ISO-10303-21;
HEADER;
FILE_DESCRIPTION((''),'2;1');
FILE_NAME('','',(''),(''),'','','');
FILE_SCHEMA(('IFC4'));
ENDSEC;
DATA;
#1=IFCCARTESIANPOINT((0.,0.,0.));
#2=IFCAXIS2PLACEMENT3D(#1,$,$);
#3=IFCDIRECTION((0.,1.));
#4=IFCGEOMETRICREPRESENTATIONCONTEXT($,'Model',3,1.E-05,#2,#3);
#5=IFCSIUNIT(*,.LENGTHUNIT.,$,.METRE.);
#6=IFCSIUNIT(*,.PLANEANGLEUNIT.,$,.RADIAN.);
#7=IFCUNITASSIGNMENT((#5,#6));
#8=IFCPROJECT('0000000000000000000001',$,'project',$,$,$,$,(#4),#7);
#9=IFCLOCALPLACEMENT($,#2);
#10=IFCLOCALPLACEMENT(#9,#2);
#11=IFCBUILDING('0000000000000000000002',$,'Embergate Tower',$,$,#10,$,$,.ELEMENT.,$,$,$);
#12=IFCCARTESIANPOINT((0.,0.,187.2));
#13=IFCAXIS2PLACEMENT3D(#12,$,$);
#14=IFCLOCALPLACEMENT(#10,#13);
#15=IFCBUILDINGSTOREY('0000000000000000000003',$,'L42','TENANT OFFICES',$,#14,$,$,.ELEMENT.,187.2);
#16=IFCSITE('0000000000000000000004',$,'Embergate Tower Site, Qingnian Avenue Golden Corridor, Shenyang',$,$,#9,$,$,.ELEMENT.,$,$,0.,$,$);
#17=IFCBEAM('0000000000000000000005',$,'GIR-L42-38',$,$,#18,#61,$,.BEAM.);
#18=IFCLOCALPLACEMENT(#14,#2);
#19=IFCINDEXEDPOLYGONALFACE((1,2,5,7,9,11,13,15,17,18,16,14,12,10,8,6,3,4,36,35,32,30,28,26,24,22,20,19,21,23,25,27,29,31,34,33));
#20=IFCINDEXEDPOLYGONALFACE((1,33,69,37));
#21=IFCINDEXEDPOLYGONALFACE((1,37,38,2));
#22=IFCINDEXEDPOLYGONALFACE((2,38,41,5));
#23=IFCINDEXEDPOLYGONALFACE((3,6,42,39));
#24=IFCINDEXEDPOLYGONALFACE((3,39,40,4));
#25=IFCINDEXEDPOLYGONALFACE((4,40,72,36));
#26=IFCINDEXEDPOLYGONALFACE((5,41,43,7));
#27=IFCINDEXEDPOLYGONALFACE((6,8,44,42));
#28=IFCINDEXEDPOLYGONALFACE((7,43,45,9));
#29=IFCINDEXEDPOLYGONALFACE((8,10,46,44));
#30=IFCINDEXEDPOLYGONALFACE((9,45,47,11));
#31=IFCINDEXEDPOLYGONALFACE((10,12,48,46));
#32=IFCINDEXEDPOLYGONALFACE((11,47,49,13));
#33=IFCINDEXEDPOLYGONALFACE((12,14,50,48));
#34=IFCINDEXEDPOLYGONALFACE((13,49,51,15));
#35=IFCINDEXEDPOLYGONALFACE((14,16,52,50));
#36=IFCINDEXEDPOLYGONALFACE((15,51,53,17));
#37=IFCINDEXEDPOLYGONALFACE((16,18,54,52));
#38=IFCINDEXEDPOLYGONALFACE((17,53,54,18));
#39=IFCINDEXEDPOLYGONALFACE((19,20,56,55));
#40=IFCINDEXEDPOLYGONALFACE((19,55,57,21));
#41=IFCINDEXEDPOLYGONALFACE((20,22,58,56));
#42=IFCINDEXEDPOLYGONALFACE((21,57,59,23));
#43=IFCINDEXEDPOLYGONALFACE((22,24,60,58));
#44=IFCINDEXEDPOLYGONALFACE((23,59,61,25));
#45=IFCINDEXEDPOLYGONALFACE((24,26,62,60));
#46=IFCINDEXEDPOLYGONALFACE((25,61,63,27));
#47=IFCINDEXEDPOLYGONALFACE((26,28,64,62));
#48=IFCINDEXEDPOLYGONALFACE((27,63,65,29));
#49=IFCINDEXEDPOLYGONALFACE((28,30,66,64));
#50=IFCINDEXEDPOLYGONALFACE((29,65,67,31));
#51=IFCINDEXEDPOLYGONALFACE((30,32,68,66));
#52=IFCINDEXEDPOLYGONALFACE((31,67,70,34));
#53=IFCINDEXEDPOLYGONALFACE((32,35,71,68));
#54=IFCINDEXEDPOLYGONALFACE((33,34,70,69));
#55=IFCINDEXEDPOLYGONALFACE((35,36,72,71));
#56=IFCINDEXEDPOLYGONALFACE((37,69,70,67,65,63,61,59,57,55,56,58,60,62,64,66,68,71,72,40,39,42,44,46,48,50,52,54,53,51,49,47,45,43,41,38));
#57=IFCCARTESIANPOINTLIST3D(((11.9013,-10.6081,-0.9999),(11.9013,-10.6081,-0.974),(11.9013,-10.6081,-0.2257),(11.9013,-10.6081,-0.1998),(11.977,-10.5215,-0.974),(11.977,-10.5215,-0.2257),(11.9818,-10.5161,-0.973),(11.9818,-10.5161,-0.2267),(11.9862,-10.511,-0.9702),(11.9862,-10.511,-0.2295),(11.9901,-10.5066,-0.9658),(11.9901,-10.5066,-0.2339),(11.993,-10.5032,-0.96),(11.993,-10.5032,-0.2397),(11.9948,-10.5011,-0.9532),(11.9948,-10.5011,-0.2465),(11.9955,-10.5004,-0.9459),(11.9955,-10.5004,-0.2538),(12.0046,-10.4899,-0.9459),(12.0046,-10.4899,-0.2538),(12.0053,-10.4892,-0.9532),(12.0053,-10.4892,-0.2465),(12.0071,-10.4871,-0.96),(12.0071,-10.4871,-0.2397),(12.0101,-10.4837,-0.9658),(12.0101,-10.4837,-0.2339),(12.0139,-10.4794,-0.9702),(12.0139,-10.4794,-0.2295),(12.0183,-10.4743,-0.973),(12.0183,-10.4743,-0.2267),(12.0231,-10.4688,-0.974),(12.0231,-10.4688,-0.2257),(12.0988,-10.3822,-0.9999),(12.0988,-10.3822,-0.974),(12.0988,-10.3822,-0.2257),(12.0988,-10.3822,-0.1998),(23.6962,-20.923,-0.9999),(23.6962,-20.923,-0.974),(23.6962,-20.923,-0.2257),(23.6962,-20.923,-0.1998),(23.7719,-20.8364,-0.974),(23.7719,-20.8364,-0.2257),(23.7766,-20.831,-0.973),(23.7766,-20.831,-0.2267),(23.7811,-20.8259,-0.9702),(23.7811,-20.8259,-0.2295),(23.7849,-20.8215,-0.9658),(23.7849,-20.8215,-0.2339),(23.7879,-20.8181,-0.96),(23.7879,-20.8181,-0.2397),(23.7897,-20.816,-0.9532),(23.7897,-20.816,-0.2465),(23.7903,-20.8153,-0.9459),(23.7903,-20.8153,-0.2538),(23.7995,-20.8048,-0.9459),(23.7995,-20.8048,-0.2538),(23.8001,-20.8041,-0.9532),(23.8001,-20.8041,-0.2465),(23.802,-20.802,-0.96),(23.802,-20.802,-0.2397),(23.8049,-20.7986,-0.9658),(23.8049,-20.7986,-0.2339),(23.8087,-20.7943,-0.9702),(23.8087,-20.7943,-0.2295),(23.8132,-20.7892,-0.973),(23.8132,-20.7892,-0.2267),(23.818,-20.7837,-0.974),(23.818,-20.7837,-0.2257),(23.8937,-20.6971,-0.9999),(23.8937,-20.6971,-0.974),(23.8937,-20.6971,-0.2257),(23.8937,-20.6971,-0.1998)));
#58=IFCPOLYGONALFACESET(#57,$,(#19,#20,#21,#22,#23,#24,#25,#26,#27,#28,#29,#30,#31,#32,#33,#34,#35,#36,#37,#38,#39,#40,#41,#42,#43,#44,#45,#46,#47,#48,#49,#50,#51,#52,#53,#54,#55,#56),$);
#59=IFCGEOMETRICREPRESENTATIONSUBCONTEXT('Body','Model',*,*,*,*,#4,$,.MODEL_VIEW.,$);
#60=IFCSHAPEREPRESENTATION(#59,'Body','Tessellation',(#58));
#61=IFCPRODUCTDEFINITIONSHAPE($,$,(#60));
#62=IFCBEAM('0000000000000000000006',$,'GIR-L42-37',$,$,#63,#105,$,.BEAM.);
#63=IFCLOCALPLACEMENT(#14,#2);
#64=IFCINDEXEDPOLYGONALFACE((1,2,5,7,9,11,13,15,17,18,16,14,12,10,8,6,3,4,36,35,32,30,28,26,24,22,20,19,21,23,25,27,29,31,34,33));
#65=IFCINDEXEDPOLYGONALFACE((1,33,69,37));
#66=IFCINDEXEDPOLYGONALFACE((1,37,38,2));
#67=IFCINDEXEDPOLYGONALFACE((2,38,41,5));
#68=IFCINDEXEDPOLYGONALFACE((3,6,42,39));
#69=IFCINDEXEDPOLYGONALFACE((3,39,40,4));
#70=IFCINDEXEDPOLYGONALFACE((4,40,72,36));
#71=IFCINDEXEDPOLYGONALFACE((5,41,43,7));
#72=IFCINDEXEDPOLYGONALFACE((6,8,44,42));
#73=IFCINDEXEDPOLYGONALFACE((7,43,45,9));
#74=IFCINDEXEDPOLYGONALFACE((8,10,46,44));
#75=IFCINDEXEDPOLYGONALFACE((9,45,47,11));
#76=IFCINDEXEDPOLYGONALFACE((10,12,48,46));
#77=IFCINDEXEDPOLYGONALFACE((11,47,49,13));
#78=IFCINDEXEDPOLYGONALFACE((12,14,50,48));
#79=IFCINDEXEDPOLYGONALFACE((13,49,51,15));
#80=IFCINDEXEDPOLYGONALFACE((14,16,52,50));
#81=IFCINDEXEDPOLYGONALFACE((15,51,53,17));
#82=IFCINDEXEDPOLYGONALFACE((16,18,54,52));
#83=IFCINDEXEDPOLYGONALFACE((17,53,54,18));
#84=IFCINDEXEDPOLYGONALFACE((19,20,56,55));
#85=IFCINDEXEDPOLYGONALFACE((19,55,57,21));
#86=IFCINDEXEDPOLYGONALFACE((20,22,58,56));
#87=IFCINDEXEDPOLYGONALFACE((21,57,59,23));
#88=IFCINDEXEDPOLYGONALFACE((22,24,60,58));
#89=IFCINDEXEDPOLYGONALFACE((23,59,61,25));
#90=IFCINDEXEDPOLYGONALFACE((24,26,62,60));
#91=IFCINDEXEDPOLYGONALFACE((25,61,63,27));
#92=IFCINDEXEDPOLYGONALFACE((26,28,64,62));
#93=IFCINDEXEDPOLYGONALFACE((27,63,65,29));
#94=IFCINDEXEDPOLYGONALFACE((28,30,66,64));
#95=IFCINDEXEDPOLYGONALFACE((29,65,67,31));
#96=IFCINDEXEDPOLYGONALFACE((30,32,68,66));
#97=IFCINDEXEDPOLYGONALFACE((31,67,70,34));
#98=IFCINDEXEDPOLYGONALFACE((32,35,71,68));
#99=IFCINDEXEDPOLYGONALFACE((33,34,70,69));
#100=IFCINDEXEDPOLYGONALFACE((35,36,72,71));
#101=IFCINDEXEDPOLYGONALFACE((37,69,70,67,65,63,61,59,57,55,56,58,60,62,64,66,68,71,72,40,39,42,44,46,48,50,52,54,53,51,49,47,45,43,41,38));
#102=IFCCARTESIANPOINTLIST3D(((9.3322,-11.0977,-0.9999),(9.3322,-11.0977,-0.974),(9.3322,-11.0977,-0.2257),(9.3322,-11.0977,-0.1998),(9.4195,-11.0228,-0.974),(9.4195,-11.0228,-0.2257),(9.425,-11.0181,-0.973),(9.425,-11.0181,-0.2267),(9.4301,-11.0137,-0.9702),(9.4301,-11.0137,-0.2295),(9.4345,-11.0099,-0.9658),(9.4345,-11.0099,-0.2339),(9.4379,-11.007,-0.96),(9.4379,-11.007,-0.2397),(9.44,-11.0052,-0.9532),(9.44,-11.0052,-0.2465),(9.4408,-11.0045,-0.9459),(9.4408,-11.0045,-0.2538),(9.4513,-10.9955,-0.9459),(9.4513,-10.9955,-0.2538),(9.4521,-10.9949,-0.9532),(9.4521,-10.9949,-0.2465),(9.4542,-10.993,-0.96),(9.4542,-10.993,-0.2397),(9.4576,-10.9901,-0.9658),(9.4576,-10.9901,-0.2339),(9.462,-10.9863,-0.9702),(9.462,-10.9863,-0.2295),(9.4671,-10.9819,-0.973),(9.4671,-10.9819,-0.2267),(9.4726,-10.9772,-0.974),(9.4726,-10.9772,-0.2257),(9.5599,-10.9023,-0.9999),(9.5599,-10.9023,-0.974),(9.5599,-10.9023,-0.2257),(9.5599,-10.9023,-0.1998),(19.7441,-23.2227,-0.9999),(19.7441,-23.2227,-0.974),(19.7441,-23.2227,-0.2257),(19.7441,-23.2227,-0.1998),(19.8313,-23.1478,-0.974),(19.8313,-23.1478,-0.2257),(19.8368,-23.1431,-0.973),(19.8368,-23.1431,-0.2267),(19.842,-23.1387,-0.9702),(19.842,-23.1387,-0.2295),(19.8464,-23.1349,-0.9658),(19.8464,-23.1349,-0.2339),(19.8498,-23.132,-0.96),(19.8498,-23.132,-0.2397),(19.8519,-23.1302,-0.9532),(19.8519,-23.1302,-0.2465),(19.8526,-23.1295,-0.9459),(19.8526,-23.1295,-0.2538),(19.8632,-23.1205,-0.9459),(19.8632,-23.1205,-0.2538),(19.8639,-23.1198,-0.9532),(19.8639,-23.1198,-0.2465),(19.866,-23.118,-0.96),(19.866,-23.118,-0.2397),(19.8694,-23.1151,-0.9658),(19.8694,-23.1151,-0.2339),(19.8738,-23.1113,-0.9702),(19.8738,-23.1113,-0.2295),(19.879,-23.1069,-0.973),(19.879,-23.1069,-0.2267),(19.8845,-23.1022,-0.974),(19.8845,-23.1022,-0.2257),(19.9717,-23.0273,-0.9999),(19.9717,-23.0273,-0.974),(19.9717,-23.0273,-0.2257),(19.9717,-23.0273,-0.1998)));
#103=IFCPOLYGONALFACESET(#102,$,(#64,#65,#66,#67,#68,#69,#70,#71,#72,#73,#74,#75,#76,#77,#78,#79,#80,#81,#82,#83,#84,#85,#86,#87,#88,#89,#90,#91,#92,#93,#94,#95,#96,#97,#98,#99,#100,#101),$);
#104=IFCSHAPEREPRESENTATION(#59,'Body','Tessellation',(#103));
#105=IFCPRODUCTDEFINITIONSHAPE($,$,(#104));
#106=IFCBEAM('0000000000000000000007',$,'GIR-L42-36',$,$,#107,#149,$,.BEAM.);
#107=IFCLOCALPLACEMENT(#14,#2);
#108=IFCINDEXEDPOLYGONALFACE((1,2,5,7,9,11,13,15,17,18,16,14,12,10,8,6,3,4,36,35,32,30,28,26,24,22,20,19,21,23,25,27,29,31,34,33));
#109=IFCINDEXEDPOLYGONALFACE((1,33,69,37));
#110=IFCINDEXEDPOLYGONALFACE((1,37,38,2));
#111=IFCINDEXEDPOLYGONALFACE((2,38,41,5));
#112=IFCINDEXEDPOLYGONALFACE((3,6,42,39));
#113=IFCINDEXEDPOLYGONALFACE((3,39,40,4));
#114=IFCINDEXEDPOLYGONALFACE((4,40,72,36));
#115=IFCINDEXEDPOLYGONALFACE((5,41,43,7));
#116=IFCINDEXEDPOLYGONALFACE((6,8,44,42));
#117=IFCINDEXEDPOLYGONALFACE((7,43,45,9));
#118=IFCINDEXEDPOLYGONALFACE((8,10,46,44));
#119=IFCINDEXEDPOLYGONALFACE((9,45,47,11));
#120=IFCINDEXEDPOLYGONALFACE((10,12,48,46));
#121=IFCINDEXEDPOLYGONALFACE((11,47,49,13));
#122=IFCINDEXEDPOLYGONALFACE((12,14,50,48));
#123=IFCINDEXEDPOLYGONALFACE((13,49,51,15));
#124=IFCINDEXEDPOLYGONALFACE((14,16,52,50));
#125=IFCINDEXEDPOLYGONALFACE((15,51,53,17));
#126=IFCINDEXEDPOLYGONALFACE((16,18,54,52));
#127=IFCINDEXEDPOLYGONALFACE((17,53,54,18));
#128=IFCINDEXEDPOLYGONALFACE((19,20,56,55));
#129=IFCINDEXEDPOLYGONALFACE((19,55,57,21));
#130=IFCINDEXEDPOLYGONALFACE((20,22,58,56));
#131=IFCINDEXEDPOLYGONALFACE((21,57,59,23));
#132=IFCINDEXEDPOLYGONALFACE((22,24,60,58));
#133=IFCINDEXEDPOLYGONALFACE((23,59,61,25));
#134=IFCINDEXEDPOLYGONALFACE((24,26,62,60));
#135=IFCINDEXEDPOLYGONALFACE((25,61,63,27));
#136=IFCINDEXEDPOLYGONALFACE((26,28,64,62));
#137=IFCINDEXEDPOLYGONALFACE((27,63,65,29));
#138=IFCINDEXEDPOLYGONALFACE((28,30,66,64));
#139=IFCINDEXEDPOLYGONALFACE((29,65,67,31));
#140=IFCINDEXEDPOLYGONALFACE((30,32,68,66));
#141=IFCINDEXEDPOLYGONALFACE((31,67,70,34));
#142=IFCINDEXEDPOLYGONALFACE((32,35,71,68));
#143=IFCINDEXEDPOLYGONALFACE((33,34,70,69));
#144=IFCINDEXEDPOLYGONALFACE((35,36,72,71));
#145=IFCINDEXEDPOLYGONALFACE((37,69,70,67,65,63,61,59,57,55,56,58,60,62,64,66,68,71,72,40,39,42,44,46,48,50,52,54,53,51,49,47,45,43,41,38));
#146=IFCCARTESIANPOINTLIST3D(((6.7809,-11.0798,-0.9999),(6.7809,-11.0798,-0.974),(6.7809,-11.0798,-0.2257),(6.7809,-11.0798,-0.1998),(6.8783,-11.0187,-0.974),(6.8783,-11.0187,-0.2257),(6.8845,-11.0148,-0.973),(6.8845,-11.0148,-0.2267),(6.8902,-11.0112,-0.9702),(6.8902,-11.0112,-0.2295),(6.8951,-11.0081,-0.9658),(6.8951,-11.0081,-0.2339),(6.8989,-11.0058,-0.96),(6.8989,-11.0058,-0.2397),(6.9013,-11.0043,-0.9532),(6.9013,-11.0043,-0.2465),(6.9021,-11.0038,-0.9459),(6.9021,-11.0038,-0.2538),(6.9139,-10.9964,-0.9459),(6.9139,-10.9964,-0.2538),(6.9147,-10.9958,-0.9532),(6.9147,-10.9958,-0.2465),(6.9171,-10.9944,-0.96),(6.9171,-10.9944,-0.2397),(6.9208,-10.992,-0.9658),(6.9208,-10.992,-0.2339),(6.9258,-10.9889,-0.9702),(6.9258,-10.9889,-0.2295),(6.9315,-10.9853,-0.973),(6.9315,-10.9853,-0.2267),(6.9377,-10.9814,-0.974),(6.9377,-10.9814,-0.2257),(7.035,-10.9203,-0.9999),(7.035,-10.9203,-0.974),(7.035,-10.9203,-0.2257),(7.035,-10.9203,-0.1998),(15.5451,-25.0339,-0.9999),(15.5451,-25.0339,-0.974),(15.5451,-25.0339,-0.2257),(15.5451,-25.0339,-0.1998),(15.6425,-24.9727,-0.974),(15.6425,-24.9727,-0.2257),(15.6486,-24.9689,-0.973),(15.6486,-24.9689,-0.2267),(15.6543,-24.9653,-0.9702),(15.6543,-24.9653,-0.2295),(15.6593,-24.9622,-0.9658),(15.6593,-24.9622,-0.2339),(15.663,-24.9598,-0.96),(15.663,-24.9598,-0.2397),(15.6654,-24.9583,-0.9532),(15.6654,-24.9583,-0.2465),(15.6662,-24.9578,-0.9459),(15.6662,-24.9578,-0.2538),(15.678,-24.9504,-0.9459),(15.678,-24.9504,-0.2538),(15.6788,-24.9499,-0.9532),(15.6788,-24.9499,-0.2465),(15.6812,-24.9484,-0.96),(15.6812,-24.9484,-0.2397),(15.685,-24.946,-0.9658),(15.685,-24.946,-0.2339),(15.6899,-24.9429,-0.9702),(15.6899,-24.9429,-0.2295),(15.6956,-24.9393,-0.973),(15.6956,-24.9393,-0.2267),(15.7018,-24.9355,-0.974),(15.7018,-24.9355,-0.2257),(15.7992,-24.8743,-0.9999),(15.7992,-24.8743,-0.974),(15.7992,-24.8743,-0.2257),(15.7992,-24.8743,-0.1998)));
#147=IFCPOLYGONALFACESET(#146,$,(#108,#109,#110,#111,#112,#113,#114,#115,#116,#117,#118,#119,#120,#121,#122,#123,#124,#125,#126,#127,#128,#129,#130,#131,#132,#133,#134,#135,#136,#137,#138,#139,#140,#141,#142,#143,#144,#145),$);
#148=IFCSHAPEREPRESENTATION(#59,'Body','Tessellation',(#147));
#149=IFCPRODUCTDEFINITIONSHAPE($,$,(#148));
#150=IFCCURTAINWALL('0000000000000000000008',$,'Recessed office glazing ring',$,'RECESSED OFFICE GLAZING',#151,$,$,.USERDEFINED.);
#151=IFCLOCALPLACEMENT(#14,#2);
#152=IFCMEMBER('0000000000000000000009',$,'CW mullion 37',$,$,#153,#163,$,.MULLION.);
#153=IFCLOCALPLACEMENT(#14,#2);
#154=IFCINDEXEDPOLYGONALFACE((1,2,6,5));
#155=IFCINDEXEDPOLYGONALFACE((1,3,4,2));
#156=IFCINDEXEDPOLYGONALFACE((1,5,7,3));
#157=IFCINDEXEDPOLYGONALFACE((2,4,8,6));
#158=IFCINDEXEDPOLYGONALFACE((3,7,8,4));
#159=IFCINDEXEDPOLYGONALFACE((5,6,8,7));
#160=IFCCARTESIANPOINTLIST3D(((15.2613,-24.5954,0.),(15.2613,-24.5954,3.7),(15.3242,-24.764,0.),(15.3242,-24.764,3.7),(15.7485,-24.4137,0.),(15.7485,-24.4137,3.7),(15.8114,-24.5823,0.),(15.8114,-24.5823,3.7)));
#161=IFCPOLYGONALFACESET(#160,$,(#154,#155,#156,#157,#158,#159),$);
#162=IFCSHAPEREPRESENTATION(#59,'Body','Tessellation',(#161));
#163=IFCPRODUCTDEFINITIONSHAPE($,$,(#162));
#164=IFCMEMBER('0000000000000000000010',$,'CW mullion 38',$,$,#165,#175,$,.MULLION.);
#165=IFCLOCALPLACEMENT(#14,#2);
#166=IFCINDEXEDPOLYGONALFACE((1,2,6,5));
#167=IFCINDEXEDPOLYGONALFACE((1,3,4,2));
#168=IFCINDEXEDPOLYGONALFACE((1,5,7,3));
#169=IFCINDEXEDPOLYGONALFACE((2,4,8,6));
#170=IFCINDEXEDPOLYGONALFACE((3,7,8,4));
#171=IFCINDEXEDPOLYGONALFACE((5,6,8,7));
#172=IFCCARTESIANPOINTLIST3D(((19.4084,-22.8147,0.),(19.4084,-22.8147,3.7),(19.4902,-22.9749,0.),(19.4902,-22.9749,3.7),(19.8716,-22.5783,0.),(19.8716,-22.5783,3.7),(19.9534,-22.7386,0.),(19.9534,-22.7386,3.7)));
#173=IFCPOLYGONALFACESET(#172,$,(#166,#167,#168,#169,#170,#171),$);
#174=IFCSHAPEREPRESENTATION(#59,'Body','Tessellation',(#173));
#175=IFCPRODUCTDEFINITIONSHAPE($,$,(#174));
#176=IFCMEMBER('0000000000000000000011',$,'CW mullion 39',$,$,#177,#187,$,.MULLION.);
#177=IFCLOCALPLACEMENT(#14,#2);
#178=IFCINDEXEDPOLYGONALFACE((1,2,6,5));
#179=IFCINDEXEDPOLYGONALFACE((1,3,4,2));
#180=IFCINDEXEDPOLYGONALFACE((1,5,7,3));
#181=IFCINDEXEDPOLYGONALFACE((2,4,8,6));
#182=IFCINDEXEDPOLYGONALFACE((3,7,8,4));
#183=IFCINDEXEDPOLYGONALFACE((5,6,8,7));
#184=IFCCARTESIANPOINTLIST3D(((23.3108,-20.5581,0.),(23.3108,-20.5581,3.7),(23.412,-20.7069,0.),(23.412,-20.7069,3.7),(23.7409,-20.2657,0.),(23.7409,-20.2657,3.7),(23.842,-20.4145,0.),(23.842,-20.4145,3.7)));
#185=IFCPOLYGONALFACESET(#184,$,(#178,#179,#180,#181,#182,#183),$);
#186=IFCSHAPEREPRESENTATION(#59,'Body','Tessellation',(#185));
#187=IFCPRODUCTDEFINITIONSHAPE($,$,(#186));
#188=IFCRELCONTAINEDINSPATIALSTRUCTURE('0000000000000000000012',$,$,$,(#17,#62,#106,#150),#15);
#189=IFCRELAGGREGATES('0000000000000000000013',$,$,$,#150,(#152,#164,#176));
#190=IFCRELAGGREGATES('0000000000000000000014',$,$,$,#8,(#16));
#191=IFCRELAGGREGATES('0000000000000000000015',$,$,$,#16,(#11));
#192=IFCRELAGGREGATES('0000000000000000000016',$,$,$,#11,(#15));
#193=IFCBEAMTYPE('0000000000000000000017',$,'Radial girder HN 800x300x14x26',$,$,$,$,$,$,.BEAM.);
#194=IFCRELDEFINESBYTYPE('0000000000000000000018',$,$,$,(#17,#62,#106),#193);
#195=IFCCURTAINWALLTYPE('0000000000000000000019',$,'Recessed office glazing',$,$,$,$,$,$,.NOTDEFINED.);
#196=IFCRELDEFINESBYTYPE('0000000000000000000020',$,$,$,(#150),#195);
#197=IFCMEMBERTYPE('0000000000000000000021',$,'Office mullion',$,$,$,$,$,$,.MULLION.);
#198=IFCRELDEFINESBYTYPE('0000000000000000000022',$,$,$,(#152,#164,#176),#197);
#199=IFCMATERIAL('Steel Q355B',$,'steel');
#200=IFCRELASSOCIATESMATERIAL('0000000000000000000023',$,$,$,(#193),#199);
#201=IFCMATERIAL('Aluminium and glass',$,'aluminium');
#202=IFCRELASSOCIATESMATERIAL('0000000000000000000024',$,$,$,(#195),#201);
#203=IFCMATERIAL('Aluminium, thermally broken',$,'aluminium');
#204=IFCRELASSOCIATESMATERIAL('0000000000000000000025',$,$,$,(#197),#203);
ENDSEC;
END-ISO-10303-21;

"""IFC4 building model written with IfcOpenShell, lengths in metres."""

from ifc_helpers import new_model, si_unit, direction, frame, origin, origin_2d, place, context, subcontext, project, spatial, rectangle, i_section, extrude, source, transform, mapped, material, material_profile, profile_set, type_object, element, aggregate, save


model = new_model("IFC4")

# Units and contexts
model_context = context("Model", 3, precision=1e-05, world=origin(), true_north=direction((0.0, 1.0)))
body_context = subcontext(model_context, "Body", "Model", "MODEL_VIEW")
ifc_project = project(units=[si_unit("LENGTHUNIT", "METRE"), si_unit("PLANEANGLEUNIT", "RADIAN")], contexts=[model_context])

# Site, building, storey
site_placement = place(None, origin())
site = spatial("IfcSite", under=ifc_project, at=site_placement, Name="Embergate Tower Site, Qingnian Avenue Golden Corridor, Shenyang", CompositionType="ELEMENT", RefElevation=0.0)
building_placement = place(site_placement, origin())
building = spatial("IfcBuilding", under=site, at=building_placement, Name="Embergate Tower", CompositionType="ELEMENT")
storey_placement = place(building_placement, frame((0.0, 0.0, 187.2)))
storey = spatial("IfcBuildingStorey", under=building, at=storey_placement, Name="L42", Description="TENANT OFFICES", CompositionType="ELEMENT", Elevation=187.2)

# Beams
ifc_material_1 = material(Name="Steel Q355B", Category="steel")
ifc_material_profile_1 = material_profile(ifc_material_1, i_section(OverallWidth=0.3, OverallDepth=0.8, WebThickness=0.0139, FlangeThickness=0.0259, FilletRadius=0.0281, at=origin_2d()), Name="HN 800x300x14x26")
ifc_profile_set_1 = profile_set([ifc_material_profile_1], Name="Steel Q355 grade B")
beam_type_1 = type_object("IfcBeamType", Name="Radial girder HN 800x300x14x26", PredefinedType="BEAM", material=ifc_profile_set_1)
shared_shape_1 = source(origin(), body_context, "Body", "SweptSolid", [
    extrude(i_section(OverallWidth=0.3, OverallDepth=0.8, WebThickness=0.0139, FlangeThickness=0.0259, FilletRadius=0.0281, at=origin_2d()), origin(), (0.0, 0.0, 1.0), 15.6689),
])
beam_1_placement = place(storey_placement, frame((23.7949, -20.8101, -0.5999), z_axis=(-0.752754, 0.658302, 0.0), x_axis=(-0.658302, -0.752754, 0.0)))
element("IfcBeam", 1, at=beam_1_placement, inside=storey, type_object=beam_type_1, Name="GIR-L42-38", PredefinedType="BEAM", context=body_context, shape_type="MappedRepresentation", body=[
    mapped(shared_shape_1, transform((0.0, 0.0, 0.0))),
])
shared_shape_2 = source(origin(), body_context, "Body", "SweptSolid", [
    extrude(i_section(OverallWidth=0.3, OverallDepth=0.8, WebThickness=0.0139, FlangeThickness=0.0259, FilletRadius=0.0281, at=origin_2d()), origin(), (0.0, 0.0, 1.0), 15.9819),
])
beam_2_placement = place(storey_placement, frame((19.8579, -23.125, -0.5999), z_axis=(-0.651477, 0.758669, 0.0), x_axis=(-0.758669, -0.651477, 0.0)))
element("IfcBeam", 2, at=beam_2_placement, inside=storey, type_object=beam_type_1, Name="GIR-L42-37", PredefinedType="BEAM", context=body_context, shape_type="MappedRepresentation", body=[
    mapped(shared_shape_2, transform((0.0, 0.0, 0.0))),
])
shared_shape_3 = source(origin(), body_context, "Body", "SweptSolid", [
    extrude(i_section(OverallWidth=0.3, OverallDepth=0.8, WebThickness=0.0139, FlangeThickness=0.0259, FilletRadius=0.0281, at=origin_2d()), origin(), (0.0, 0.0, 1.0), 16.478),
])
beam_3_placement = place(storey_placement, frame((15.6721, -24.9541, -0.5999), z_axis=(-0.531867, 0.846828, 0.0), x_axis=(-0.846828, -0.531867, 0.0)))
element("IfcBeam", 3, at=beam_3_placement, inside=storey, type_object=beam_type_1, Name="GIR-L42-36", PredefinedType="BEAM", context=body_context, shape_type="MappedRepresentation", body=[
    mapped(shared_shape_3, transform((0.0, 0.0, 0.0))),
])

# Curtain wall, members
ifc_material_2 = material(Name="Aluminium and glass", Category="aluminium")
curtain_wall_type = type_object("IfcCurtainWallType", Name="Recessed office glazing", PredefinedType="NOTDEFINED", material=ifc_material_2)
curtain_wall_placement = place(storey_placement, origin())
curtain_wall = element("IfcCurtainWall", 4, at=curtain_wall_placement, inside=storey, type_object=curtain_wall_type, Name="Recessed office glazing ring", ObjectType="RECESSED OFFICE GLAZING", PredefinedType="USERDEFINED")
ifc_material_3 = material(Name="Aluminium, thermally broken", Category="aluminium")
ifc_material_profile_2 = material_profile(ifc_material_3, rectangle(XDim=0.1799, YDim=0.52, at=origin_2d()), Name="AL 520x180")
ifc_profile_set_2 = profile_set([ifc_material_profile_2], Name="Aluminium, thermally broken")
member_type_1 = type_object("IfcMemberType", Name="Office mullion", PredefinedType="MULLION", material=ifc_profile_set_2)
shared_shape_4 = source(origin(), body_context, "Body", "SweptSolid", [
    extrude(rectangle(XDim=0.1799, YDim=0.52, at=origin_2d()), origin(), (0.0, 0.0, 1.0), 3.7),
])
member_1_placement = place(storey_placement, frame((15.5364, -24.5889, 0.0), z_axis=(0.0, 0.0, 1.0), x_axis=(-0.349504, 0.936935, 0.0)))
member_1 = element("IfcMember", 5, at=member_1_placement, type_object=member_type_1, Name="CW mullion 37", PredefinedType="MULLION", context=body_context, shape_type="MappedRepresentation", body=[
    mapped(shared_shape_4, transform((0.0, 0.0, 0.0))),
])
member_2_placement = place(storey_placement, frame((19.6809, -22.7766, 0.0), z_axis=(0.0, 0.0, 1.0), x_axis=(-0.454513, 0.89074, 0.0)))
member_2 = element("IfcMember", 6, at=member_2_placement, type_object=member_type_1, Name="CW mullion 38", PredefinedType="MULLION", context=body_context, shape_type="MappedRepresentation", body=[
    mapped(shared_shape_4, transform((0.0, 0.0, 0.0))),
])
member_3_placement = place(storey_placement, frame((23.5764, -20.4863, 0.0), z_axis=(0.0, 0.0, 1.0), x_axis=(-0.562219, 0.826988, 0.0)))
member_3 = element("IfcMember", 7, at=member_3_placement, type_object=member_type_1, Name="CW mullion 39", PredefinedType="MULLION", context=body_context, shape_type="MappedRepresentation", body=[
    mapped(shared_shape_4, transform((0.0, 0.0, 0.0))),
])
aggregate(curtain_wall, [member_1, member_2, member_3])

save(model, "model.ifc")
